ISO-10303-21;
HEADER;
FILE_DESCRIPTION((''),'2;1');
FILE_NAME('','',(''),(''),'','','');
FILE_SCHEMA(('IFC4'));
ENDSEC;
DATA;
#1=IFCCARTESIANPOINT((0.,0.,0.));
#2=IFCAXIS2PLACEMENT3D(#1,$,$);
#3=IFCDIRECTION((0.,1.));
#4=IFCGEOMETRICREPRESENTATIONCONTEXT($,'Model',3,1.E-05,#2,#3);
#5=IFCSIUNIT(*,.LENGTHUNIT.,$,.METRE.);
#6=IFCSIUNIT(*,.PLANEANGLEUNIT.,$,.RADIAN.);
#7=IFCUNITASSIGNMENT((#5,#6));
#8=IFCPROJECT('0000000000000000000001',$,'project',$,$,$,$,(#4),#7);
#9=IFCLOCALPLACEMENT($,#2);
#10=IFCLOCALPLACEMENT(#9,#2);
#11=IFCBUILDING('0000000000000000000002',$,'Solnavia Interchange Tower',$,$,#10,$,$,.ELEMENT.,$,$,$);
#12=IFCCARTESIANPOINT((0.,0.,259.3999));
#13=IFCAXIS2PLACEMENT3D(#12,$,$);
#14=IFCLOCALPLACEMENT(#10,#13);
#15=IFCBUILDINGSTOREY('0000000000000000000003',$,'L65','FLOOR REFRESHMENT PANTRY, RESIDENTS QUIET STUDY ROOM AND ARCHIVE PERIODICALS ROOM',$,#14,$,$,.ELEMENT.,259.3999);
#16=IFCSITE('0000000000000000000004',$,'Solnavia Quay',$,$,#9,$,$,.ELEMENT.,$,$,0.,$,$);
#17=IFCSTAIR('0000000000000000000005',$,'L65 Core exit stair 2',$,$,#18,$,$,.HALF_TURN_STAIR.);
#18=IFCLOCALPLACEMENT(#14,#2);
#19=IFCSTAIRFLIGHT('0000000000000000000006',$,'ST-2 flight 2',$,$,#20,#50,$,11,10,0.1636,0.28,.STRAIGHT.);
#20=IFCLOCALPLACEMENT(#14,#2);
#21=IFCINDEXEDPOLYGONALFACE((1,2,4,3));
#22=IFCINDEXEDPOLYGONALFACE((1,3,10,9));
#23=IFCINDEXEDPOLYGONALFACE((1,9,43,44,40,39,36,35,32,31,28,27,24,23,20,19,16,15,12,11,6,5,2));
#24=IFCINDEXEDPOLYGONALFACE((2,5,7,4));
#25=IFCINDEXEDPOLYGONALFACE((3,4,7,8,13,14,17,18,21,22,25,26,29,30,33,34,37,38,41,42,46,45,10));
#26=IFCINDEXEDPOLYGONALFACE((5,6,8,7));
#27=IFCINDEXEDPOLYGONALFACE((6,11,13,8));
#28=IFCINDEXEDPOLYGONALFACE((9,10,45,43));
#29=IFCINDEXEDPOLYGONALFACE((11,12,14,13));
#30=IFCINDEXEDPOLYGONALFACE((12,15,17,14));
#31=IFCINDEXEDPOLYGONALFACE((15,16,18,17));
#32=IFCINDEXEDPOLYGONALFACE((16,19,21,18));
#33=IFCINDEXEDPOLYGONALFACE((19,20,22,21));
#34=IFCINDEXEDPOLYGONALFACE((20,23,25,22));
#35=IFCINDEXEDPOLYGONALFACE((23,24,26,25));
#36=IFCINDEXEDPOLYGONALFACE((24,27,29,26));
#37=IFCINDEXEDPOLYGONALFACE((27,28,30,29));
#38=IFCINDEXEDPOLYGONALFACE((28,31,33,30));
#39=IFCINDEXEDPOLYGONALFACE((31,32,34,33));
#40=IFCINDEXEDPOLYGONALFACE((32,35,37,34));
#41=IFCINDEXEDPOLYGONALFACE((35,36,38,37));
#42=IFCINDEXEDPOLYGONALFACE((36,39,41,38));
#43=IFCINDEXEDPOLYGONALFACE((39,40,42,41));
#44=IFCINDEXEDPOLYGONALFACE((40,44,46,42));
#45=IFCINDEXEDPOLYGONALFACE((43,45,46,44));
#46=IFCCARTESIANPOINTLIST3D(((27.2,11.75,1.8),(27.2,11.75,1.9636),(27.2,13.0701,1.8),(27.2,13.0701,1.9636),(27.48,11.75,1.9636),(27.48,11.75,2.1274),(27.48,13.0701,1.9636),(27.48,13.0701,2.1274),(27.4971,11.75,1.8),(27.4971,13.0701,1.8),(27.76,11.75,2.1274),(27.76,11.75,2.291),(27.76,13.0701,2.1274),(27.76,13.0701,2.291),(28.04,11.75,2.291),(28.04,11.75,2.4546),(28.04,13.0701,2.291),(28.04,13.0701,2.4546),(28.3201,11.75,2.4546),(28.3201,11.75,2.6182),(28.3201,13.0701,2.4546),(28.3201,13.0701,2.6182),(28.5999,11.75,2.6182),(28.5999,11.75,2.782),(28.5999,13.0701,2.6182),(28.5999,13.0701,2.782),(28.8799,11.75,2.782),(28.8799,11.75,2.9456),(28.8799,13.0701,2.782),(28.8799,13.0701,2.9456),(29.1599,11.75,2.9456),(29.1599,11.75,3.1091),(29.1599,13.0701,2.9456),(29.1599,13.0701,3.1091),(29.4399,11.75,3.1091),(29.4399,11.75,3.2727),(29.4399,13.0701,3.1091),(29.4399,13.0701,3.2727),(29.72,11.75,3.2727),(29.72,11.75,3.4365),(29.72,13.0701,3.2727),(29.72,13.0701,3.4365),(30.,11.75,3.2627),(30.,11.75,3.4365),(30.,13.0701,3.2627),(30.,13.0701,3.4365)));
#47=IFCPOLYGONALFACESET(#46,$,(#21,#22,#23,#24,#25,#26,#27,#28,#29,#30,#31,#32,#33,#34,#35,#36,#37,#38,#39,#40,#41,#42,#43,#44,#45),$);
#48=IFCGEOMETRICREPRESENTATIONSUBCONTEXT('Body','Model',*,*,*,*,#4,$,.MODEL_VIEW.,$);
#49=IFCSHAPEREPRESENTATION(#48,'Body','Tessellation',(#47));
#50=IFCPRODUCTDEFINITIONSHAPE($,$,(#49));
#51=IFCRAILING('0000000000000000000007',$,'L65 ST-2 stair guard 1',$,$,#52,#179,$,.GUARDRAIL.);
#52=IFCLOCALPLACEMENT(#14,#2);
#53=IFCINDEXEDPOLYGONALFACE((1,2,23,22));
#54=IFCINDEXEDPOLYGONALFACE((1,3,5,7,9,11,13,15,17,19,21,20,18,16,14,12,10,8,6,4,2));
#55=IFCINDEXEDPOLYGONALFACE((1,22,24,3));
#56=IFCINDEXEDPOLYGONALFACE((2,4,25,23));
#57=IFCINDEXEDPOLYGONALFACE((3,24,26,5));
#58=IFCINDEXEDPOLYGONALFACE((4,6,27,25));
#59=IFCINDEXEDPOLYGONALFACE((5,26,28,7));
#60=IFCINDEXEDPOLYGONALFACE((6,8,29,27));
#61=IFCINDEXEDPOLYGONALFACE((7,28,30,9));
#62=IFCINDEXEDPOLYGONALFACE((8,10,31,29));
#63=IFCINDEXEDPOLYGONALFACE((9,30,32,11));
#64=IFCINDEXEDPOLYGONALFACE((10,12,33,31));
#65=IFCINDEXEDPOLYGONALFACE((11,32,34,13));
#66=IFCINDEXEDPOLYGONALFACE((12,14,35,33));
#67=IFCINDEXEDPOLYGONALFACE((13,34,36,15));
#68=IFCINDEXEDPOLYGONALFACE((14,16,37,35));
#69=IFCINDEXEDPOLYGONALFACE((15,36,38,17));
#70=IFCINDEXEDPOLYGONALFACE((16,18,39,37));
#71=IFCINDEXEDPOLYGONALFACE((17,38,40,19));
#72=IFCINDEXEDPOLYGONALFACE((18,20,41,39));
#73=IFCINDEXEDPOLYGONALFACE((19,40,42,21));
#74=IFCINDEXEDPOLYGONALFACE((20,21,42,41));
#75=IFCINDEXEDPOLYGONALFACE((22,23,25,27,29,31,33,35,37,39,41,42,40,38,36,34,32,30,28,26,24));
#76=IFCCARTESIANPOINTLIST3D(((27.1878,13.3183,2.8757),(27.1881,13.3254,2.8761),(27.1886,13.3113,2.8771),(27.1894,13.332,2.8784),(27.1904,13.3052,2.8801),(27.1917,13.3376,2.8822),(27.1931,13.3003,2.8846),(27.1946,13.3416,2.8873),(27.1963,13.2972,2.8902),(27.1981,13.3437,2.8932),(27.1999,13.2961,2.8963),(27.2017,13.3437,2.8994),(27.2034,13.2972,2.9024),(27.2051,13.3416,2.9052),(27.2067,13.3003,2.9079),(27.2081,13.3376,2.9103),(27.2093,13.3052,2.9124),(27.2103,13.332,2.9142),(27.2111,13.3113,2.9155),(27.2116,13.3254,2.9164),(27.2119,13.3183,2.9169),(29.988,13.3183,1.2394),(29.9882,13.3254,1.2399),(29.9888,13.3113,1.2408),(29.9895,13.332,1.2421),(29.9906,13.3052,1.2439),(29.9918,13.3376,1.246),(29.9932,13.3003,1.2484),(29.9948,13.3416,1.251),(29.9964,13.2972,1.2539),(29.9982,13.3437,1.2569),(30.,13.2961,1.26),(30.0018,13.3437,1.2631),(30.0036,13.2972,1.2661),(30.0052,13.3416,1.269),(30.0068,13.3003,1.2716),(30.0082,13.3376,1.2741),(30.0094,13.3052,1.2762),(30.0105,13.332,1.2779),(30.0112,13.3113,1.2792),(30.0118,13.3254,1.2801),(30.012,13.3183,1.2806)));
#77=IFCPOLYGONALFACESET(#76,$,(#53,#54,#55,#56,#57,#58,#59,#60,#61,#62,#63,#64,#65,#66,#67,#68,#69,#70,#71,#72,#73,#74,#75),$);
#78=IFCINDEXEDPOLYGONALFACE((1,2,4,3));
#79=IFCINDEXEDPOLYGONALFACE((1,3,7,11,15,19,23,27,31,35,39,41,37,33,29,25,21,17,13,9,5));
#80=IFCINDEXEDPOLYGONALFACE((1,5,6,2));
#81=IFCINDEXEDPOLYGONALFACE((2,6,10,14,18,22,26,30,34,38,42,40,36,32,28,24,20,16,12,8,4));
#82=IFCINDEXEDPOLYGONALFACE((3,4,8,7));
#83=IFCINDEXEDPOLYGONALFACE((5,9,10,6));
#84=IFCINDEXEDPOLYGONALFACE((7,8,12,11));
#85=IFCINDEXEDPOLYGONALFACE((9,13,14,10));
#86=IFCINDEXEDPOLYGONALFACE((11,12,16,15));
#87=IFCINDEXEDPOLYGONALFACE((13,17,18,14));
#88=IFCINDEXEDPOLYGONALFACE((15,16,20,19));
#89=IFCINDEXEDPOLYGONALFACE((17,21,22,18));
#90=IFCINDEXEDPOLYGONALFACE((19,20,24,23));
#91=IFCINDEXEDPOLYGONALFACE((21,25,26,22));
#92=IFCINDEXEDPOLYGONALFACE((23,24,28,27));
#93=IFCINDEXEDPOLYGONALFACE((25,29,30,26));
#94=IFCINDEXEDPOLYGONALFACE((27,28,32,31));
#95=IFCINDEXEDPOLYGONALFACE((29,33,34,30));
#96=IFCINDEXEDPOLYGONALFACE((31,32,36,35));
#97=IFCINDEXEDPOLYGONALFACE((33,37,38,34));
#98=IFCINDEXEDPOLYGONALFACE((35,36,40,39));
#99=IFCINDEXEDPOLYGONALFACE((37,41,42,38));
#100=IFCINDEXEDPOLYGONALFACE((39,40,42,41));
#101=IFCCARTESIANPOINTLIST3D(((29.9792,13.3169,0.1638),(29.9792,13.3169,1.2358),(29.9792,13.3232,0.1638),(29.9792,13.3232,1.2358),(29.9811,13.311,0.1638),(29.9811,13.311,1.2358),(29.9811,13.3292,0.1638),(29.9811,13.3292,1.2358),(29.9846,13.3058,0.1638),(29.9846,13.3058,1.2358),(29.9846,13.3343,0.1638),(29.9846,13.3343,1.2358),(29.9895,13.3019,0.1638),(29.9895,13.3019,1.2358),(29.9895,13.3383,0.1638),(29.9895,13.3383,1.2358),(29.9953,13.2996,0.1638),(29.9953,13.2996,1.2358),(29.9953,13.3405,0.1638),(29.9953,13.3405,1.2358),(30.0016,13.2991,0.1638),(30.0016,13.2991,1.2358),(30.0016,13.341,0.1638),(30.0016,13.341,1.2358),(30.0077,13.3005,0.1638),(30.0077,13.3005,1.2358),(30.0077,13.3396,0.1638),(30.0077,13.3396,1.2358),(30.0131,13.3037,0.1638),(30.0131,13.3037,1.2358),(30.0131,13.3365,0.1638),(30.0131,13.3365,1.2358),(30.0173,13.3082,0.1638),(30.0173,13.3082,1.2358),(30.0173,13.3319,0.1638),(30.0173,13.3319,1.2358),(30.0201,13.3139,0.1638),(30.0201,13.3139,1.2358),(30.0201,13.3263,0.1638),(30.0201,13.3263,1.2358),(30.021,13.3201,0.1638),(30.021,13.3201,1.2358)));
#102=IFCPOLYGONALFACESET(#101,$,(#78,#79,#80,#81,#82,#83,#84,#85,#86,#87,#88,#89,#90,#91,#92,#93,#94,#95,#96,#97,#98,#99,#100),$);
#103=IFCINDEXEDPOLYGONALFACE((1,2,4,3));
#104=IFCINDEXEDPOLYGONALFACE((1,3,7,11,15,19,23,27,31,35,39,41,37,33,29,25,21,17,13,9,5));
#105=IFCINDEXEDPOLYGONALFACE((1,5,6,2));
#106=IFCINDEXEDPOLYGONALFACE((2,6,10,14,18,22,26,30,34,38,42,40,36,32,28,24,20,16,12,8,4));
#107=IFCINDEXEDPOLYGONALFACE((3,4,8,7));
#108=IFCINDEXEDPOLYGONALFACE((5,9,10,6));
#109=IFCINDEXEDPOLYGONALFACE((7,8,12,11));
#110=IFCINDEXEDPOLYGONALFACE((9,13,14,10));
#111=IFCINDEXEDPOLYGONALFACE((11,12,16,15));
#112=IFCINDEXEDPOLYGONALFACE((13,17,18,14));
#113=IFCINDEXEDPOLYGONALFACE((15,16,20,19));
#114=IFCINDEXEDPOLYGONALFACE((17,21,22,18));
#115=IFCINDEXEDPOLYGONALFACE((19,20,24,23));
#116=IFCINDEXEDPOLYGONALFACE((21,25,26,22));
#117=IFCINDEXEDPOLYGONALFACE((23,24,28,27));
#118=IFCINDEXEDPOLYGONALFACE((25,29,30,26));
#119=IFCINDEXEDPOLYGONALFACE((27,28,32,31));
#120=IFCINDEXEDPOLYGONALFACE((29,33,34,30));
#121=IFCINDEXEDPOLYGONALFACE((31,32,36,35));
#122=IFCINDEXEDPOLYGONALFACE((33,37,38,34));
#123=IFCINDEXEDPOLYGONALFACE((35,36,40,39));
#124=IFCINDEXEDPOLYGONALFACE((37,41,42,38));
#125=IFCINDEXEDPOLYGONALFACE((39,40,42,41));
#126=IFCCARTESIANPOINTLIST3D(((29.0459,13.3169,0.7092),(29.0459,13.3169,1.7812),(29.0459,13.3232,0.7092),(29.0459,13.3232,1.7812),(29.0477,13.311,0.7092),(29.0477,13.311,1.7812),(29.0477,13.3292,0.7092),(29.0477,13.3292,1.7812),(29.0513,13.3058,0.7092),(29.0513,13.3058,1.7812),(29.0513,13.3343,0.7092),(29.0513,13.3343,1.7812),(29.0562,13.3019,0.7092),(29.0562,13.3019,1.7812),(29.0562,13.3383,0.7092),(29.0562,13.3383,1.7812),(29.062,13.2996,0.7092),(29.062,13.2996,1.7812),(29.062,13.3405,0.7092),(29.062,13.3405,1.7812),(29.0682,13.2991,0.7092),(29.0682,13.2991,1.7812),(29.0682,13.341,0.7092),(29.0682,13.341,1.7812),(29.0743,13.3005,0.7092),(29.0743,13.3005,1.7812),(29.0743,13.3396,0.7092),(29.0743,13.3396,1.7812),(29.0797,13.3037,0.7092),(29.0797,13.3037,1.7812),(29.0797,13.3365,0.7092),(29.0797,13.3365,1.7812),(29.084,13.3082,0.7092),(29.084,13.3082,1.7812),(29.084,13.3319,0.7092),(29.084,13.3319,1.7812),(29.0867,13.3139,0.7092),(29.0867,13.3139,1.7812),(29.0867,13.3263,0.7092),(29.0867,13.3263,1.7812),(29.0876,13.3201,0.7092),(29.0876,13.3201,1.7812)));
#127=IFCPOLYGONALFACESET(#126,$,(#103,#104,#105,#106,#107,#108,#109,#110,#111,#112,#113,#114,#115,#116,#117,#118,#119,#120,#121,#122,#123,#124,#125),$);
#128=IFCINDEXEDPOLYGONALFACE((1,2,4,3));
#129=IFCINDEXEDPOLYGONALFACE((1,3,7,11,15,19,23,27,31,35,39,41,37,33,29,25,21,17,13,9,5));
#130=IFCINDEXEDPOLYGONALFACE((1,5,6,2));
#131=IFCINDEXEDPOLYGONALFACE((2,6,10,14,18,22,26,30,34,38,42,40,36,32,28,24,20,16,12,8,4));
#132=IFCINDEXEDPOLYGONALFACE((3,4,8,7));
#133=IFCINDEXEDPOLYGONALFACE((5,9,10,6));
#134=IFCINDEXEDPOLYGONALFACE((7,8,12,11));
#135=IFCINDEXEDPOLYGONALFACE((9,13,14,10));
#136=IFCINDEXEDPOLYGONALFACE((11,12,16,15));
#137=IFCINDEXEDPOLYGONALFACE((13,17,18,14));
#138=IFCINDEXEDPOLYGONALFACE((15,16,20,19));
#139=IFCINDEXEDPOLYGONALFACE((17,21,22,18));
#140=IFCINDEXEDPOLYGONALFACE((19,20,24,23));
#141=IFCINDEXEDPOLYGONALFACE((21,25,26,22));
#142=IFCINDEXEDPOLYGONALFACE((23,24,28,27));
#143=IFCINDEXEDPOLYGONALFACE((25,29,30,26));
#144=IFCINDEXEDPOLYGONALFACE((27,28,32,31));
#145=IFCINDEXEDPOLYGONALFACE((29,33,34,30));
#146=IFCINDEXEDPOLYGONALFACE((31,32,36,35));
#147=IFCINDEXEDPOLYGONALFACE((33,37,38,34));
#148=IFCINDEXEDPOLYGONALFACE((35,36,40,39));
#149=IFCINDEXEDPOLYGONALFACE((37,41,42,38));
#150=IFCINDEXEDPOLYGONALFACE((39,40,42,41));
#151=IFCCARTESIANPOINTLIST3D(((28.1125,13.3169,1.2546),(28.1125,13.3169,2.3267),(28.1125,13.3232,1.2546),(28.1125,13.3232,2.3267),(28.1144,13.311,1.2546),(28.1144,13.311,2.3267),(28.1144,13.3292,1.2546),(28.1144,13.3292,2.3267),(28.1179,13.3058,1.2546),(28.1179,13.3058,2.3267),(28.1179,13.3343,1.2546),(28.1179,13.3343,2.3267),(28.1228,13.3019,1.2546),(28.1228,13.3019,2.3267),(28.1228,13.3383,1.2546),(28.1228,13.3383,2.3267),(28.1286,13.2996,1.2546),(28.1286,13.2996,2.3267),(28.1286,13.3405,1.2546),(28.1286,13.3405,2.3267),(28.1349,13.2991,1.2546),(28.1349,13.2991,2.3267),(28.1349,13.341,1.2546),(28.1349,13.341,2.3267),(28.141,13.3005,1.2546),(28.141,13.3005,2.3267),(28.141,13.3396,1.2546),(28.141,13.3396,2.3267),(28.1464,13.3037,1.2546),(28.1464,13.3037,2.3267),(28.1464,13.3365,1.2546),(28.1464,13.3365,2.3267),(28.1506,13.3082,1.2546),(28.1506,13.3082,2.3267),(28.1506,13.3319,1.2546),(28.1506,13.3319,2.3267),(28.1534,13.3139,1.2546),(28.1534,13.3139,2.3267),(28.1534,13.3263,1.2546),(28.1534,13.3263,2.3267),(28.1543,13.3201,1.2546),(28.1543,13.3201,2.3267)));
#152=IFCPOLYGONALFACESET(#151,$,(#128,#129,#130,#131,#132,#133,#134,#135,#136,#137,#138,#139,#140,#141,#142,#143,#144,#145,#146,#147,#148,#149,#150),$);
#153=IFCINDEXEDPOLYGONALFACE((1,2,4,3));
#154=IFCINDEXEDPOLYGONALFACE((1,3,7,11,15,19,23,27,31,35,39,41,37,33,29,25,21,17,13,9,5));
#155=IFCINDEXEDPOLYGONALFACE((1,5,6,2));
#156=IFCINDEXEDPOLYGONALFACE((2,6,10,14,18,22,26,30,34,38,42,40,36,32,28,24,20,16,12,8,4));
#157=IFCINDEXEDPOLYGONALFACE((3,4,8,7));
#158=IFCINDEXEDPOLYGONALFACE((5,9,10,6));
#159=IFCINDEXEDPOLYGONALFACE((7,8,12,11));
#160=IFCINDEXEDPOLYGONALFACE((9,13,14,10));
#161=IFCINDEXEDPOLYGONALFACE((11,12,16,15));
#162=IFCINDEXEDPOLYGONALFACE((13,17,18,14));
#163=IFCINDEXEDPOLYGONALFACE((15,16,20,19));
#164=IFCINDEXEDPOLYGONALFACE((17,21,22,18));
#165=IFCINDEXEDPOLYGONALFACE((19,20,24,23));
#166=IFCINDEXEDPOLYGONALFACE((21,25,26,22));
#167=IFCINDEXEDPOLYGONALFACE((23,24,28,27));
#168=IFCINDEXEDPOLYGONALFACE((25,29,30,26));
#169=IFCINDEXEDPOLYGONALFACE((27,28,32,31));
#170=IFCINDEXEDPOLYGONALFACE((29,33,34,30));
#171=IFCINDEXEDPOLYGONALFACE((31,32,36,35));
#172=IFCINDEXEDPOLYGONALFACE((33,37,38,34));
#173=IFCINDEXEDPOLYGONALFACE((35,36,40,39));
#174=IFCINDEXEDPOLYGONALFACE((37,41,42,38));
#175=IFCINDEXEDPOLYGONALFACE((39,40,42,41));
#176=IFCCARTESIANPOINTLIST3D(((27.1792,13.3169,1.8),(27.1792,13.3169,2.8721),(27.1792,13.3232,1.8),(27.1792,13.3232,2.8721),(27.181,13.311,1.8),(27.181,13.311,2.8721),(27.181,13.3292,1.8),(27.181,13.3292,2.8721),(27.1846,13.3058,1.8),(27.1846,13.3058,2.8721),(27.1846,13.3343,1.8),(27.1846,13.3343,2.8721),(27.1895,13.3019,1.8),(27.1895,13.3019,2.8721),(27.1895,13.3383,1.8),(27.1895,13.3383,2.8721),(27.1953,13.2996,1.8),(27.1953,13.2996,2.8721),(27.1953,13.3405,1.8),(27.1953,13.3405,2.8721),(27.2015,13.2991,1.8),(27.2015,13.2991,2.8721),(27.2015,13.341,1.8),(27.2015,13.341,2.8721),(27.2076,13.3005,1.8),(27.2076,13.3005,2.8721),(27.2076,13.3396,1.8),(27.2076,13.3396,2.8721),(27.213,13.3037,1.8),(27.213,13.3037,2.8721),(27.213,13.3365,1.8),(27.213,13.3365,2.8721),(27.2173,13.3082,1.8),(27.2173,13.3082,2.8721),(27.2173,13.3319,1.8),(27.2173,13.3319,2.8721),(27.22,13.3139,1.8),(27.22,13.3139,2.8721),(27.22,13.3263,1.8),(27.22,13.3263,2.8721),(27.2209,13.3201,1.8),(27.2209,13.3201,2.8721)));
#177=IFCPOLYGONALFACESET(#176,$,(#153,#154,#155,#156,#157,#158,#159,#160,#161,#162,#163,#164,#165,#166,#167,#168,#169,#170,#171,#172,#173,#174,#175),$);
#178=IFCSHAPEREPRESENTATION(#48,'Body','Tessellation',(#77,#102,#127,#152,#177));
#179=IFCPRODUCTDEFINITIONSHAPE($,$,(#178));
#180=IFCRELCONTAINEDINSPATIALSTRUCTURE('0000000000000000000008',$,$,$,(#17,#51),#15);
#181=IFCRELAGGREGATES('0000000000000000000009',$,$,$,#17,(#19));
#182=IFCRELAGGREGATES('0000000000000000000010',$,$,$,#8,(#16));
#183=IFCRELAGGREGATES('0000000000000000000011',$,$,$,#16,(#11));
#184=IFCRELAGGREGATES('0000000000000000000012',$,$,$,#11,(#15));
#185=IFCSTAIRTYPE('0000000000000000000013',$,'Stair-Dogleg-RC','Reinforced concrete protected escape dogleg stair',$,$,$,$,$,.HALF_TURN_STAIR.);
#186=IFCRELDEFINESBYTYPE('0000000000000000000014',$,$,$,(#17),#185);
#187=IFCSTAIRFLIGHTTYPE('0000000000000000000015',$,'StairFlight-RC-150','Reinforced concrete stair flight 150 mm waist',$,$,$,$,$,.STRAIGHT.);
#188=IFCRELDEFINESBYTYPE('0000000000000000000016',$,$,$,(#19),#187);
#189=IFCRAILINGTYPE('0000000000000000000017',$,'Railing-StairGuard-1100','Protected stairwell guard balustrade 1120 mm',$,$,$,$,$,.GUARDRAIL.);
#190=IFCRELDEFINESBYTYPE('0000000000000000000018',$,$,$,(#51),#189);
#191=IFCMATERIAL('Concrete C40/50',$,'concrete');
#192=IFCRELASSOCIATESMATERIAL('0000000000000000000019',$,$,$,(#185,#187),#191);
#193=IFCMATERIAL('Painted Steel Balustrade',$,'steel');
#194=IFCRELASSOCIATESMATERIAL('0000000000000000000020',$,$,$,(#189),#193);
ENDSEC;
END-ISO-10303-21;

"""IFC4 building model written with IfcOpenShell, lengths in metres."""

from ifc_helpers import new_model, si_unit, direction, frame, origin, origin_2d, place, context, subcontext, project, spatial, polyline, circle, outline, extrude, material, type_object, element, aggregate, save


model = new_model("IFC4")

# Units and contexts
model_context = context("Model", 3, precision=1e-05, world=origin(), true_north=direction((0.0, 1.0)))
body_context = subcontext(model_context, "Body", "Model", "MODEL_VIEW")
ifc_project = project(units=[si_unit("LENGTHUNIT", "METRE"), si_unit("PLANEANGLEUNIT", "RADIAN")], contexts=[model_context])

# Site, building, storey
site_placement = place(None, origin())
site = spatial("IfcSite", under=ifc_project, at=site_placement, Name="Solnavia Quay", CompositionType="ELEMENT", RefElevation=0.0)
building_placement = place(site_placement, origin())
building = spatial("IfcBuilding", under=site, at=building_placement, Name="Solnavia Interchange Tower", CompositionType="ELEMENT")
storey_placement = place(building_placement, frame((0.0, 0.0, 259.3999)))
storey = spatial("IfcBuildingStorey", under=building, at=storey_placement, Name="L65", Description="FLOOR REFRESHMENT PANTRY, RESIDENTS QUIET STUDY ROOM AND ARCHIVE PERIODICALS ROOM", CompositionType="ELEMENT", Elevation=259.3999)

# Shared definitions
ifc_material_1 = material(Name="Concrete C40/50", Category="concrete")

# Stair, stair flight
stair_type = type_object("IfcStairType", Name="Stair-Dogleg-RC", Description="Reinforced concrete protected escape dogleg stair", PredefinedType="HALF_TURN_STAIR", material=ifc_material_1)
stair_placement = place(storey_placement, origin())
stair = element("IfcStair", 1, at=stair_placement, inside=storey, type_object=stair_type, Name="L65 Core exit stair 2", PredefinedType="HALF_TURN_STAIR")
stair_flight_type = type_object("IfcStairFlightType", Name="StairFlight-RC-150", Description="Reinforced concrete stair flight 150 mm waist", PredefinedType="STRAIGHT", material=ifc_material_1)
stair_flight_1_placement = place(storey_placement, frame((27.2, 12.4099, 1.8), z_axis=(0.0, 0.0, 1.0), x_axis=(1.0, 0.0, 0.0)))
stair_flight_1 = element("IfcStairFlight", 2, at=stair_flight_1_placement, type_object=stair_flight_type, Name="ST-2 flight 2", NumberOfRisers=11, NumberOfTreads=10, PredefinedType="STRAIGHT", RiserHeight=0.1636, TreadLength=0.28, context=body_context, shape_type="SweptSolid", body=[
    extrude(outline(polyline([(0.0, 0.0), (0.0, 0.1636), (0.28, 0.1636), (0.28, 0.3274), (0.5601, 0.3274), (0.5601, 0.491), (0.8401, 0.491), (0.8401, 0.6545), (1.1201, 0.6545), (1.1201, 0.8181), (1.3999, 0.8181), (1.3999, 0.9819), (1.6799, 0.9819), (1.6799, 1.1455), (1.96, 1.1455), (1.96, 1.3091), (2.24, 1.3091), (2.24, 1.4727), (2.52, 1.4727), (2.52, 1.6365), (2.8, 1.6365), (2.8, 1.8), (2.8, 1.4626), (0.2971, 0.0), (0.0, 0.0)])), frame((0.0, 0.6602, 0.0), z_axis=(0.0, -1.0, 0.0), x_axis=(1.0, 0.0, 0.0)), (0.0, 0.0, 1.0), 1.3201),
])
aggregate(stair, [stair_flight_1])

# Railing
ifc_material_2 = material(Name="Painted Steel Balustrade", Category="steel")
railing_type_1 = type_object("IfcRailingType", Name="Railing-StairGuard-1100", Description="Protected stairwell guard balustrade 1120 mm", PredefinedType="GUARDRAIL", material=ifc_material_2)
railing_1_placement = place(storey_placement, frame((30.0, 13.3201, 0.1638)))
element("IfcRailing", 3, at=railing_1_placement, inside=storey, type_object=railing_type_1, Name="L65 ST-2 stair guard 1", PredefinedType="GUARDRAIL", context=body_context, shape_type="SweptSolid", body=[
    extrude(circle(Radius=0.0239, at=origin_2d()), frame((0.0, 0.0, 1.0962), z_axis=(-0.863394, 0.0, 0.504531), x_axis=(0.0, -1.0, 0.0)), (0.0, 0.0, 1.0), 3.2432),
    extrude(circle(Radius=0.021, at=origin_2d()), origin(), (0.0, 0.0, 1.0), 1.072),
    extrude(circle(Radius=0.021, at=origin_2d()), frame((-0.9333, 0.0, 0.5454)), (0.0, 0.0, 1.0), 1.072),
    extrude(circle(Radius=0.021, at=origin_2d()), frame((-1.8667, 0.0, 1.0908)), (0.0, 0.0, 1.0), 1.072),
    extrude(circle(Radius=0.021, at=origin_2d()), frame((-2.8, 0.0, 1.6362)), (0.0, 0.0, 1.0), 1.072),
])

save(model, "model.ifc")
